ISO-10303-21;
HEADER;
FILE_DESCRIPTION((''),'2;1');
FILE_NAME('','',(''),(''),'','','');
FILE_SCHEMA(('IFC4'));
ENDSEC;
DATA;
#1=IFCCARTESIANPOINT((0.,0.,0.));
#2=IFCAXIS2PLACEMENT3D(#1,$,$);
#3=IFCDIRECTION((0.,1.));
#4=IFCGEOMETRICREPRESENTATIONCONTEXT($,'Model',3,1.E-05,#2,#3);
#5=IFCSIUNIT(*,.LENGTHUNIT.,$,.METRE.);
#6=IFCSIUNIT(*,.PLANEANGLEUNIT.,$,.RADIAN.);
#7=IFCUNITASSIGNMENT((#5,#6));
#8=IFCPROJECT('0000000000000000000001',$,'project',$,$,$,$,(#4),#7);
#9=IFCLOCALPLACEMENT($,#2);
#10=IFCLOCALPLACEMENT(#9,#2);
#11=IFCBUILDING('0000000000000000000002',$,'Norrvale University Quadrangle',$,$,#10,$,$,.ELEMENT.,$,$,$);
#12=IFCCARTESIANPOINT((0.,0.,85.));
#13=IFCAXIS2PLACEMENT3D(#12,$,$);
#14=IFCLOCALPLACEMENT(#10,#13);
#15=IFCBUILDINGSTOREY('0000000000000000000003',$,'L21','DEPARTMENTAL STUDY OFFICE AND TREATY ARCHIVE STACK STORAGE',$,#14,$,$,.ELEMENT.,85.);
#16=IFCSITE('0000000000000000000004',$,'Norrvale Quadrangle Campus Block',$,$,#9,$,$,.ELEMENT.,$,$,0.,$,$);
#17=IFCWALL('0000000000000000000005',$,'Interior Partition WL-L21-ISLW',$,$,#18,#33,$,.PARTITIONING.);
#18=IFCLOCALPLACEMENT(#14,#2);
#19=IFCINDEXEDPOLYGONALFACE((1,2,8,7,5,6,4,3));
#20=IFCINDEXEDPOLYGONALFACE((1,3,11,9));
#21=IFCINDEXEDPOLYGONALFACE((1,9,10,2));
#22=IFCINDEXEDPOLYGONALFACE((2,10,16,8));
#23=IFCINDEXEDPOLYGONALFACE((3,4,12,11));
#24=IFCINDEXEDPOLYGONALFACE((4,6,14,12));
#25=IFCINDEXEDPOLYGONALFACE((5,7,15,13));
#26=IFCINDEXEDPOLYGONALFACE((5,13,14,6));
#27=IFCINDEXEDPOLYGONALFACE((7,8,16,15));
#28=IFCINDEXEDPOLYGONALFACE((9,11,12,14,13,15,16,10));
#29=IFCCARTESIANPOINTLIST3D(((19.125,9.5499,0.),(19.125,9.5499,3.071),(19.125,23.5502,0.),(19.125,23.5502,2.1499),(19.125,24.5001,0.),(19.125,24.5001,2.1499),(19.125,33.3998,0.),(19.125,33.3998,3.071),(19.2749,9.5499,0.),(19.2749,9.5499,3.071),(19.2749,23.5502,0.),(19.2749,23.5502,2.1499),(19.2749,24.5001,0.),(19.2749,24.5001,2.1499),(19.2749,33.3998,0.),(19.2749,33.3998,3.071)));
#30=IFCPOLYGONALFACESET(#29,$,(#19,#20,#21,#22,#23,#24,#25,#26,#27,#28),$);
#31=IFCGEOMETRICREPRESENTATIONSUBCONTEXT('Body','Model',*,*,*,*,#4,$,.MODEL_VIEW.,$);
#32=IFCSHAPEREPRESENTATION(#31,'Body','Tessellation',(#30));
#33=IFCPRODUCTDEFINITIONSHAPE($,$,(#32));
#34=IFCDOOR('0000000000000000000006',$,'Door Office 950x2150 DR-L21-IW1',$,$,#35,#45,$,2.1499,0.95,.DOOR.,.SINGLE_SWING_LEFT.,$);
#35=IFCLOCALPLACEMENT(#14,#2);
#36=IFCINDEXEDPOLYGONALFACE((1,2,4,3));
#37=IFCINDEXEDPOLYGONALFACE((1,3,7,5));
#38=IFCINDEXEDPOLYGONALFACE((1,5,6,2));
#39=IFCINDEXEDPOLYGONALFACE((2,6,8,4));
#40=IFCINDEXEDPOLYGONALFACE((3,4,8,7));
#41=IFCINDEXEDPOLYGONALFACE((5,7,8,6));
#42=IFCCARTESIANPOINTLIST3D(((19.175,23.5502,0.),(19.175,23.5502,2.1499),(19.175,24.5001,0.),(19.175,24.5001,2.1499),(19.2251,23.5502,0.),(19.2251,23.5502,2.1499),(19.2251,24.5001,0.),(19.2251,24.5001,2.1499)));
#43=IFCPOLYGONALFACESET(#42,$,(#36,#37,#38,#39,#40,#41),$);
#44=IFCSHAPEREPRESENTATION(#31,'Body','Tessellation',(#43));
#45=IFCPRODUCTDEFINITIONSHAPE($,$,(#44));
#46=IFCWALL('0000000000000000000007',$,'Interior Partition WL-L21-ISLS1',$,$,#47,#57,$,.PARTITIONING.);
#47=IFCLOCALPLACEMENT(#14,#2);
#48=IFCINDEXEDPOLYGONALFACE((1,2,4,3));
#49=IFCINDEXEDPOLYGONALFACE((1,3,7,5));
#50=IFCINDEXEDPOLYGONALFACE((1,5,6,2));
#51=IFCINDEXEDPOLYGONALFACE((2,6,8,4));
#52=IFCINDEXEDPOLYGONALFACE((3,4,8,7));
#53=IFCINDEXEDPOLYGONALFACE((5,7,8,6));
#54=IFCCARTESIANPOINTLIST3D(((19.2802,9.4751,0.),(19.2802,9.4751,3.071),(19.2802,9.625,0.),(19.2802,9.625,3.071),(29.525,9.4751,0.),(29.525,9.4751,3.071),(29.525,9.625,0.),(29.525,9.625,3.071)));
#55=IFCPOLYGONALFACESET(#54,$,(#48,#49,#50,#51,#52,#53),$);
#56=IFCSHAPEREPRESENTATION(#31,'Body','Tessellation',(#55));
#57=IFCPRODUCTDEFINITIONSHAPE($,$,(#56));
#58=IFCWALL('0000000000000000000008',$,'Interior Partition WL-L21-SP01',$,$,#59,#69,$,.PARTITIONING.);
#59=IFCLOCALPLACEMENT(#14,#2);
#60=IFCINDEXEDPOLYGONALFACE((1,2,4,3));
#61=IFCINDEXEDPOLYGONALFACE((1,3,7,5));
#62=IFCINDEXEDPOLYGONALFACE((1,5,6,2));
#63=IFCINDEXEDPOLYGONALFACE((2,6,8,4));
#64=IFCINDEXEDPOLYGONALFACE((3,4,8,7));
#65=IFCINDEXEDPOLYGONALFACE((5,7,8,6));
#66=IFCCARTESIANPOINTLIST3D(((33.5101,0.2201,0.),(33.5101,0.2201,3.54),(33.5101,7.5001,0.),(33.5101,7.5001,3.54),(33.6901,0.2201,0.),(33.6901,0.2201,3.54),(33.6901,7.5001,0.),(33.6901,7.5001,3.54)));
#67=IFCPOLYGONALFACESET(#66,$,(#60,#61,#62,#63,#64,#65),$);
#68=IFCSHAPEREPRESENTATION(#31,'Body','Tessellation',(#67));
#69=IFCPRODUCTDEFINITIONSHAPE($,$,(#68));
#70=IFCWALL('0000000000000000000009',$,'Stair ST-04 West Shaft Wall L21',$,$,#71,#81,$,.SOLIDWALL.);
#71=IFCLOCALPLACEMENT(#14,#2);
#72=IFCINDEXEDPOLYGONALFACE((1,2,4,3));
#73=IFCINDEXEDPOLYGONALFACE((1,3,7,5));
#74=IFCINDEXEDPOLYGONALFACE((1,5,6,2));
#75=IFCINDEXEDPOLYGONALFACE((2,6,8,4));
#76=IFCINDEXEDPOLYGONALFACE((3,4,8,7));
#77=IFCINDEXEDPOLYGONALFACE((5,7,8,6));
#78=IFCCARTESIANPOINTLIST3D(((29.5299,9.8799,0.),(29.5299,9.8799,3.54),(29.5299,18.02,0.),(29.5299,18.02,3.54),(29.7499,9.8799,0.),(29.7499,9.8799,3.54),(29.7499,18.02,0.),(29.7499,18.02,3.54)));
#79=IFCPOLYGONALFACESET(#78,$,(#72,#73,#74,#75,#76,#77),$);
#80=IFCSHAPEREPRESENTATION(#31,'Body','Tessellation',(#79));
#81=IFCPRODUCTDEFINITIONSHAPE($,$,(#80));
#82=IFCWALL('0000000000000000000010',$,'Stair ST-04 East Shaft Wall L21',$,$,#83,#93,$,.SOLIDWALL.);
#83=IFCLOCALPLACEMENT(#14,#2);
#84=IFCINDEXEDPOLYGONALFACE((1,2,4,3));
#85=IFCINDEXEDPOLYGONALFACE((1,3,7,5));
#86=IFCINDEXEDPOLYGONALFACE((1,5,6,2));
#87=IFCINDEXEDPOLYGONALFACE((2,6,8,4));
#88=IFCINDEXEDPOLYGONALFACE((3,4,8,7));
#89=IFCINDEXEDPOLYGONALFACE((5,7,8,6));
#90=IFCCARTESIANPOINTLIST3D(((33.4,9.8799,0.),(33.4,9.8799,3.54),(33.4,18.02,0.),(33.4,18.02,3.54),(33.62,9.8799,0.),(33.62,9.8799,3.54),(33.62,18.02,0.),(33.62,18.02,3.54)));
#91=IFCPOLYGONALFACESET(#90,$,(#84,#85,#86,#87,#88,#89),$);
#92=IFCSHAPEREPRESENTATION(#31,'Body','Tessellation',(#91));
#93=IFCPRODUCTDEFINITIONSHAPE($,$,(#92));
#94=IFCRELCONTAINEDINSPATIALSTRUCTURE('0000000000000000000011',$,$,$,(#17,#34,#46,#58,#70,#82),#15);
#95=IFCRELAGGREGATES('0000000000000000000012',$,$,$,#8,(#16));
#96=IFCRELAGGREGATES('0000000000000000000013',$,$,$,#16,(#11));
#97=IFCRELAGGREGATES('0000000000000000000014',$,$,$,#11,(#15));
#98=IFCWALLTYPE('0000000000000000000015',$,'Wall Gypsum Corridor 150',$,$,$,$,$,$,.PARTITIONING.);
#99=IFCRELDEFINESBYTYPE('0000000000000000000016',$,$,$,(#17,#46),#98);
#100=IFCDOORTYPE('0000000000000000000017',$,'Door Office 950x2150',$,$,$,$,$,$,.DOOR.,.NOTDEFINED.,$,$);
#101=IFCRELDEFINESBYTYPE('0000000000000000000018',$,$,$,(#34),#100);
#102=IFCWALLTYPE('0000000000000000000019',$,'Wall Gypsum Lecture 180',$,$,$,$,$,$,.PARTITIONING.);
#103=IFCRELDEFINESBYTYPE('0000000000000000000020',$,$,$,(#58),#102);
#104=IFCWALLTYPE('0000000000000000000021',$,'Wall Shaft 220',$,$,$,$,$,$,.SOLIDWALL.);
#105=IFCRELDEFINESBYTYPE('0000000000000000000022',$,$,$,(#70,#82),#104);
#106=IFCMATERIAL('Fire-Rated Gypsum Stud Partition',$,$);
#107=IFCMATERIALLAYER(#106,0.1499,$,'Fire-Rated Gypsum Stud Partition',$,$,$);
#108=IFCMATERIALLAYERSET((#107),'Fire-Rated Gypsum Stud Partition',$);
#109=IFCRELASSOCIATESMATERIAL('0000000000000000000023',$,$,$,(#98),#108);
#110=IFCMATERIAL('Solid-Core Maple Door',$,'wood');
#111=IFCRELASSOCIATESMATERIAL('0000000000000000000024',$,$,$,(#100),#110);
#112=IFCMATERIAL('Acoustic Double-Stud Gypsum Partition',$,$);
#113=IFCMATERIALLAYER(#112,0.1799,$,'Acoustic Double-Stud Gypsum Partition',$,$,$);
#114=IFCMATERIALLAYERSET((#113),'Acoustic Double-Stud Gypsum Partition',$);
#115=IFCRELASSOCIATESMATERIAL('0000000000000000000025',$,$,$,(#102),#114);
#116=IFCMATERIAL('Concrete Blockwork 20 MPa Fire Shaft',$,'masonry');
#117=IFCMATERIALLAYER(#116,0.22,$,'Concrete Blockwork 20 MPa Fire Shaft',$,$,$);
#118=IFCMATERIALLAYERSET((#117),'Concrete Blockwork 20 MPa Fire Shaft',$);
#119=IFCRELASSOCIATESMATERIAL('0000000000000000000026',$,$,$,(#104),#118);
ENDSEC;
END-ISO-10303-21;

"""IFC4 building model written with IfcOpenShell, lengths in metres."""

from ifc_helpers import new_model, si_unit, direction, frame, frame_2d, origin, place, context, subcontext, project, spatial, rectangle, extrude, material, layer, layer_set, type_object, element, fill, save


model = new_model("IFC4")

# Units and contexts
model_context = context("Model", 3, precision=1e-05, world=origin(), true_north=direction((0.0, 1.0)))
body_context = subcontext(model_context, "Body", "Model", "MODEL_VIEW")
ifc_project = project(units=[si_unit("LENGTHUNIT", "METRE"), si_unit("PLANEANGLEUNIT", "RADIAN")], contexts=[model_context])

# Site, building, storey
site_placement = place(None, origin())
site = spatial("IfcSite", under=ifc_project, at=site_placement, Name="Norrvale Quadrangle Campus Block", CompositionType="ELEMENT", RefElevation=0.0)
building_placement = place(site_placement, origin())
building = spatial("IfcBuilding", under=site, at=building_placement, Name="Norrvale University Quadrangle", CompositionType="ELEMENT")
storey_placement = place(building_placement, frame((0.0, 0.0, 85.0)))
storey = spatial("IfcBuildingStorey", under=building, at=storey_placement, Name="L21", Description="DEPARTMENTAL STUDY OFFICE AND TREATY ARCHIVE STACK STORAGE", CompositionType="ELEMENT", Elevation=85.0)

# Wall, opening, door
ifc_material_1 = material(Name="Fire-Rated Gypsum Stud Partition")
ifc_layer_1 = layer(ifc_material_1, 0.1499, Name="Fire-Rated Gypsum Stud Partition")
ifc_layer_set_1 = layer_set([ifc_layer_1], Name="Fire-Rated Gypsum Stud Partition")
wall_type_1 = type_object("IfcWallType", Name="Wall Gypsum Corridor 150", PredefinedType="PARTITIONING", material=ifc_layer_set_1)
wall_1_placement = place(storey_placement, frame((19.2, 9.55, 0.0), z_axis=(0.0, 0.0, 1.0), x_axis=(0.0, 1.0, 0.0)))
wall_1 = element("IfcWall", 1, at=wall_1_placement, inside=storey, type_object=wall_type_1, Name="Interior Partition WL-L21-ISLW", PredefinedType="PARTITIONING", context=body_context, shape_type="SweptSolid", body=[
    extrude(rectangle(XDim=23.8499, YDim=0.1499, at=frame_2d((11.9248, 0.0))), origin(), (0.0, 0.0, 1.0), 3.071),
])
opening_placement = place(wall_1_placement, frame((14.0, 0.0, 0.0)))
opening = element("IfcOpeningElement", 2, at=opening_placement, cuts=wall_1, PredefinedType="OPENING", context=body_context, shape_type="SweptSolid", body=[
    extrude(rectangle(XDim=0.95, YDim=2.1499, at=frame_2d((0.4751, 1.075))), frame((0.0, 0.0869, 0.0), z_axis=(0.0, -1.0, 0.0), x_axis=(1.0, 0.0, 0.0)), (0.0, 0.0, 1.0), 0.1738),
])
ifc_material_2 = material(Name="Solid-Core Maple Door", Category="wood")
door_type = type_object("IfcDoorType", Name="Door Office 950x2150", OperationType="NOTDEFINED", PredefinedType="DOOR", material=ifc_material_2)
door_placement = place(opening_placement, origin())
door = element("IfcDoor", 3, at=door_placement, inside=storey, type_object=door_type, Name="Door Office 950x2150 DR-L21-IW1", OperationType="SINGLE_SWING_LEFT", OverallHeight=2.1499, OverallWidth=0.95, PredefinedType="DOOR", context=body_context, shape_type="SweptSolid", body=[
    extrude(rectangle(XDim=0.95, YDim=2.1499, at=frame_2d((0.4751, 1.075))), frame((0.0, 0.0249, 0.0), z_axis=(0.0, -1.0, 0.0), x_axis=(1.0, 0.0, 0.0)), (0.0, 0.0, 1.0), 0.05),
])
fill(opening, door)

# Walls
wall_2_placement = place(storey_placement, frame((19.28, 9.55, 0.0), z_axis=(0.0, 0.0, 1.0), x_axis=(1.0, 0.0, 0.0)))
element("IfcWall", 4, at=wall_2_placement, inside=storey, type_object=wall_type_1, Name="Interior Partition WL-L21-ISLS1", PredefinedType="PARTITIONING", context=body_context, shape_type="SweptSolid", body=[
    extrude(rectangle(XDim=10.2449, YDim=0.1499, at=frame_2d((5.1226, 0.0))), origin(), (0.0, 0.0, 1.0), 3.071),
])
ifc_material_3 = material(Name="Acoustic Double-Stud Gypsum Partition")
ifc_layer_2 = layer(ifc_material_3, 0.1799, Name="Acoustic Double-Stud Gypsum Partition")
ifc_layer_set_2 = layer_set([ifc_layer_2], Name="Acoustic Double-Stud Gypsum Partition")
wall_type_2 = type_object("IfcWallType", Name="Wall Gypsum Lecture 180", PredefinedType="PARTITIONING", material=ifc_layer_set_2)
wall_3_placement = place(storey_placement, frame((33.6001, 0.22, 0.0), z_axis=(0.0, 0.0, 1.0), x_axis=(0.0, 1.0, 0.0)))
element("IfcWall", 5, at=wall_3_placement, inside=storey, type_object=wall_type_2, Name="Interior Partition WL-L21-SP01", PredefinedType="PARTITIONING", context=body_context, shape_type="SweptSolid", body=[
    extrude(rectangle(XDim=7.28, YDim=0.1799, at=frame_2d((3.6401, 0.0))), origin(), (0.0, 0.0, 1.0), 3.54),
])
ifc_material_4 = material(Name="Concrete Blockwork 20 MPa Fire Shaft", Category="masonry")
ifc_layer_3 = layer(ifc_material_4, 0.22, Name="Concrete Blockwork 20 MPa Fire Shaft")
ifc_layer_set_3 = layer_set([ifc_layer_3], Name="Concrete Blockwork 20 MPa Fire Shaft")
wall_type_3 = type_object("IfcWallType", Name="Wall Shaft 220", PredefinedType="SOLIDWALL", material=ifc_layer_set_3)
for number, where, z_axis, x_axis, name in (
    (6, (29.6399, 9.8799, 0.0), (0.0, 0.0, 1.0), (0.0, 1.0, 0.0), "Stair ST-04 West Shaft Wall L21"),
    (7, (33.51, 9.8799, 0.0), (0.0, 0.0, 1.0), (0.0, 1.0, 0.0), "Stair ST-04 East Shaft Wall L21"),
):
    element("IfcWall", number, at=place(storey_placement, frame(where, z_axis=z_axis, x_axis=x_axis)), inside=storey, type_object=wall_type_3, Name=name, PredefinedType="SOLIDWALL", context=body_context, shape_type="SweptSolid", body=[
        extrude(rectangle(XDim=8.1401, YDim=0.22, at=frame_2d((4.0701, 0.0))), origin(), (0.0, 0.0, 1.0), 3.54),
    ])

save(model, "model.ifc")
